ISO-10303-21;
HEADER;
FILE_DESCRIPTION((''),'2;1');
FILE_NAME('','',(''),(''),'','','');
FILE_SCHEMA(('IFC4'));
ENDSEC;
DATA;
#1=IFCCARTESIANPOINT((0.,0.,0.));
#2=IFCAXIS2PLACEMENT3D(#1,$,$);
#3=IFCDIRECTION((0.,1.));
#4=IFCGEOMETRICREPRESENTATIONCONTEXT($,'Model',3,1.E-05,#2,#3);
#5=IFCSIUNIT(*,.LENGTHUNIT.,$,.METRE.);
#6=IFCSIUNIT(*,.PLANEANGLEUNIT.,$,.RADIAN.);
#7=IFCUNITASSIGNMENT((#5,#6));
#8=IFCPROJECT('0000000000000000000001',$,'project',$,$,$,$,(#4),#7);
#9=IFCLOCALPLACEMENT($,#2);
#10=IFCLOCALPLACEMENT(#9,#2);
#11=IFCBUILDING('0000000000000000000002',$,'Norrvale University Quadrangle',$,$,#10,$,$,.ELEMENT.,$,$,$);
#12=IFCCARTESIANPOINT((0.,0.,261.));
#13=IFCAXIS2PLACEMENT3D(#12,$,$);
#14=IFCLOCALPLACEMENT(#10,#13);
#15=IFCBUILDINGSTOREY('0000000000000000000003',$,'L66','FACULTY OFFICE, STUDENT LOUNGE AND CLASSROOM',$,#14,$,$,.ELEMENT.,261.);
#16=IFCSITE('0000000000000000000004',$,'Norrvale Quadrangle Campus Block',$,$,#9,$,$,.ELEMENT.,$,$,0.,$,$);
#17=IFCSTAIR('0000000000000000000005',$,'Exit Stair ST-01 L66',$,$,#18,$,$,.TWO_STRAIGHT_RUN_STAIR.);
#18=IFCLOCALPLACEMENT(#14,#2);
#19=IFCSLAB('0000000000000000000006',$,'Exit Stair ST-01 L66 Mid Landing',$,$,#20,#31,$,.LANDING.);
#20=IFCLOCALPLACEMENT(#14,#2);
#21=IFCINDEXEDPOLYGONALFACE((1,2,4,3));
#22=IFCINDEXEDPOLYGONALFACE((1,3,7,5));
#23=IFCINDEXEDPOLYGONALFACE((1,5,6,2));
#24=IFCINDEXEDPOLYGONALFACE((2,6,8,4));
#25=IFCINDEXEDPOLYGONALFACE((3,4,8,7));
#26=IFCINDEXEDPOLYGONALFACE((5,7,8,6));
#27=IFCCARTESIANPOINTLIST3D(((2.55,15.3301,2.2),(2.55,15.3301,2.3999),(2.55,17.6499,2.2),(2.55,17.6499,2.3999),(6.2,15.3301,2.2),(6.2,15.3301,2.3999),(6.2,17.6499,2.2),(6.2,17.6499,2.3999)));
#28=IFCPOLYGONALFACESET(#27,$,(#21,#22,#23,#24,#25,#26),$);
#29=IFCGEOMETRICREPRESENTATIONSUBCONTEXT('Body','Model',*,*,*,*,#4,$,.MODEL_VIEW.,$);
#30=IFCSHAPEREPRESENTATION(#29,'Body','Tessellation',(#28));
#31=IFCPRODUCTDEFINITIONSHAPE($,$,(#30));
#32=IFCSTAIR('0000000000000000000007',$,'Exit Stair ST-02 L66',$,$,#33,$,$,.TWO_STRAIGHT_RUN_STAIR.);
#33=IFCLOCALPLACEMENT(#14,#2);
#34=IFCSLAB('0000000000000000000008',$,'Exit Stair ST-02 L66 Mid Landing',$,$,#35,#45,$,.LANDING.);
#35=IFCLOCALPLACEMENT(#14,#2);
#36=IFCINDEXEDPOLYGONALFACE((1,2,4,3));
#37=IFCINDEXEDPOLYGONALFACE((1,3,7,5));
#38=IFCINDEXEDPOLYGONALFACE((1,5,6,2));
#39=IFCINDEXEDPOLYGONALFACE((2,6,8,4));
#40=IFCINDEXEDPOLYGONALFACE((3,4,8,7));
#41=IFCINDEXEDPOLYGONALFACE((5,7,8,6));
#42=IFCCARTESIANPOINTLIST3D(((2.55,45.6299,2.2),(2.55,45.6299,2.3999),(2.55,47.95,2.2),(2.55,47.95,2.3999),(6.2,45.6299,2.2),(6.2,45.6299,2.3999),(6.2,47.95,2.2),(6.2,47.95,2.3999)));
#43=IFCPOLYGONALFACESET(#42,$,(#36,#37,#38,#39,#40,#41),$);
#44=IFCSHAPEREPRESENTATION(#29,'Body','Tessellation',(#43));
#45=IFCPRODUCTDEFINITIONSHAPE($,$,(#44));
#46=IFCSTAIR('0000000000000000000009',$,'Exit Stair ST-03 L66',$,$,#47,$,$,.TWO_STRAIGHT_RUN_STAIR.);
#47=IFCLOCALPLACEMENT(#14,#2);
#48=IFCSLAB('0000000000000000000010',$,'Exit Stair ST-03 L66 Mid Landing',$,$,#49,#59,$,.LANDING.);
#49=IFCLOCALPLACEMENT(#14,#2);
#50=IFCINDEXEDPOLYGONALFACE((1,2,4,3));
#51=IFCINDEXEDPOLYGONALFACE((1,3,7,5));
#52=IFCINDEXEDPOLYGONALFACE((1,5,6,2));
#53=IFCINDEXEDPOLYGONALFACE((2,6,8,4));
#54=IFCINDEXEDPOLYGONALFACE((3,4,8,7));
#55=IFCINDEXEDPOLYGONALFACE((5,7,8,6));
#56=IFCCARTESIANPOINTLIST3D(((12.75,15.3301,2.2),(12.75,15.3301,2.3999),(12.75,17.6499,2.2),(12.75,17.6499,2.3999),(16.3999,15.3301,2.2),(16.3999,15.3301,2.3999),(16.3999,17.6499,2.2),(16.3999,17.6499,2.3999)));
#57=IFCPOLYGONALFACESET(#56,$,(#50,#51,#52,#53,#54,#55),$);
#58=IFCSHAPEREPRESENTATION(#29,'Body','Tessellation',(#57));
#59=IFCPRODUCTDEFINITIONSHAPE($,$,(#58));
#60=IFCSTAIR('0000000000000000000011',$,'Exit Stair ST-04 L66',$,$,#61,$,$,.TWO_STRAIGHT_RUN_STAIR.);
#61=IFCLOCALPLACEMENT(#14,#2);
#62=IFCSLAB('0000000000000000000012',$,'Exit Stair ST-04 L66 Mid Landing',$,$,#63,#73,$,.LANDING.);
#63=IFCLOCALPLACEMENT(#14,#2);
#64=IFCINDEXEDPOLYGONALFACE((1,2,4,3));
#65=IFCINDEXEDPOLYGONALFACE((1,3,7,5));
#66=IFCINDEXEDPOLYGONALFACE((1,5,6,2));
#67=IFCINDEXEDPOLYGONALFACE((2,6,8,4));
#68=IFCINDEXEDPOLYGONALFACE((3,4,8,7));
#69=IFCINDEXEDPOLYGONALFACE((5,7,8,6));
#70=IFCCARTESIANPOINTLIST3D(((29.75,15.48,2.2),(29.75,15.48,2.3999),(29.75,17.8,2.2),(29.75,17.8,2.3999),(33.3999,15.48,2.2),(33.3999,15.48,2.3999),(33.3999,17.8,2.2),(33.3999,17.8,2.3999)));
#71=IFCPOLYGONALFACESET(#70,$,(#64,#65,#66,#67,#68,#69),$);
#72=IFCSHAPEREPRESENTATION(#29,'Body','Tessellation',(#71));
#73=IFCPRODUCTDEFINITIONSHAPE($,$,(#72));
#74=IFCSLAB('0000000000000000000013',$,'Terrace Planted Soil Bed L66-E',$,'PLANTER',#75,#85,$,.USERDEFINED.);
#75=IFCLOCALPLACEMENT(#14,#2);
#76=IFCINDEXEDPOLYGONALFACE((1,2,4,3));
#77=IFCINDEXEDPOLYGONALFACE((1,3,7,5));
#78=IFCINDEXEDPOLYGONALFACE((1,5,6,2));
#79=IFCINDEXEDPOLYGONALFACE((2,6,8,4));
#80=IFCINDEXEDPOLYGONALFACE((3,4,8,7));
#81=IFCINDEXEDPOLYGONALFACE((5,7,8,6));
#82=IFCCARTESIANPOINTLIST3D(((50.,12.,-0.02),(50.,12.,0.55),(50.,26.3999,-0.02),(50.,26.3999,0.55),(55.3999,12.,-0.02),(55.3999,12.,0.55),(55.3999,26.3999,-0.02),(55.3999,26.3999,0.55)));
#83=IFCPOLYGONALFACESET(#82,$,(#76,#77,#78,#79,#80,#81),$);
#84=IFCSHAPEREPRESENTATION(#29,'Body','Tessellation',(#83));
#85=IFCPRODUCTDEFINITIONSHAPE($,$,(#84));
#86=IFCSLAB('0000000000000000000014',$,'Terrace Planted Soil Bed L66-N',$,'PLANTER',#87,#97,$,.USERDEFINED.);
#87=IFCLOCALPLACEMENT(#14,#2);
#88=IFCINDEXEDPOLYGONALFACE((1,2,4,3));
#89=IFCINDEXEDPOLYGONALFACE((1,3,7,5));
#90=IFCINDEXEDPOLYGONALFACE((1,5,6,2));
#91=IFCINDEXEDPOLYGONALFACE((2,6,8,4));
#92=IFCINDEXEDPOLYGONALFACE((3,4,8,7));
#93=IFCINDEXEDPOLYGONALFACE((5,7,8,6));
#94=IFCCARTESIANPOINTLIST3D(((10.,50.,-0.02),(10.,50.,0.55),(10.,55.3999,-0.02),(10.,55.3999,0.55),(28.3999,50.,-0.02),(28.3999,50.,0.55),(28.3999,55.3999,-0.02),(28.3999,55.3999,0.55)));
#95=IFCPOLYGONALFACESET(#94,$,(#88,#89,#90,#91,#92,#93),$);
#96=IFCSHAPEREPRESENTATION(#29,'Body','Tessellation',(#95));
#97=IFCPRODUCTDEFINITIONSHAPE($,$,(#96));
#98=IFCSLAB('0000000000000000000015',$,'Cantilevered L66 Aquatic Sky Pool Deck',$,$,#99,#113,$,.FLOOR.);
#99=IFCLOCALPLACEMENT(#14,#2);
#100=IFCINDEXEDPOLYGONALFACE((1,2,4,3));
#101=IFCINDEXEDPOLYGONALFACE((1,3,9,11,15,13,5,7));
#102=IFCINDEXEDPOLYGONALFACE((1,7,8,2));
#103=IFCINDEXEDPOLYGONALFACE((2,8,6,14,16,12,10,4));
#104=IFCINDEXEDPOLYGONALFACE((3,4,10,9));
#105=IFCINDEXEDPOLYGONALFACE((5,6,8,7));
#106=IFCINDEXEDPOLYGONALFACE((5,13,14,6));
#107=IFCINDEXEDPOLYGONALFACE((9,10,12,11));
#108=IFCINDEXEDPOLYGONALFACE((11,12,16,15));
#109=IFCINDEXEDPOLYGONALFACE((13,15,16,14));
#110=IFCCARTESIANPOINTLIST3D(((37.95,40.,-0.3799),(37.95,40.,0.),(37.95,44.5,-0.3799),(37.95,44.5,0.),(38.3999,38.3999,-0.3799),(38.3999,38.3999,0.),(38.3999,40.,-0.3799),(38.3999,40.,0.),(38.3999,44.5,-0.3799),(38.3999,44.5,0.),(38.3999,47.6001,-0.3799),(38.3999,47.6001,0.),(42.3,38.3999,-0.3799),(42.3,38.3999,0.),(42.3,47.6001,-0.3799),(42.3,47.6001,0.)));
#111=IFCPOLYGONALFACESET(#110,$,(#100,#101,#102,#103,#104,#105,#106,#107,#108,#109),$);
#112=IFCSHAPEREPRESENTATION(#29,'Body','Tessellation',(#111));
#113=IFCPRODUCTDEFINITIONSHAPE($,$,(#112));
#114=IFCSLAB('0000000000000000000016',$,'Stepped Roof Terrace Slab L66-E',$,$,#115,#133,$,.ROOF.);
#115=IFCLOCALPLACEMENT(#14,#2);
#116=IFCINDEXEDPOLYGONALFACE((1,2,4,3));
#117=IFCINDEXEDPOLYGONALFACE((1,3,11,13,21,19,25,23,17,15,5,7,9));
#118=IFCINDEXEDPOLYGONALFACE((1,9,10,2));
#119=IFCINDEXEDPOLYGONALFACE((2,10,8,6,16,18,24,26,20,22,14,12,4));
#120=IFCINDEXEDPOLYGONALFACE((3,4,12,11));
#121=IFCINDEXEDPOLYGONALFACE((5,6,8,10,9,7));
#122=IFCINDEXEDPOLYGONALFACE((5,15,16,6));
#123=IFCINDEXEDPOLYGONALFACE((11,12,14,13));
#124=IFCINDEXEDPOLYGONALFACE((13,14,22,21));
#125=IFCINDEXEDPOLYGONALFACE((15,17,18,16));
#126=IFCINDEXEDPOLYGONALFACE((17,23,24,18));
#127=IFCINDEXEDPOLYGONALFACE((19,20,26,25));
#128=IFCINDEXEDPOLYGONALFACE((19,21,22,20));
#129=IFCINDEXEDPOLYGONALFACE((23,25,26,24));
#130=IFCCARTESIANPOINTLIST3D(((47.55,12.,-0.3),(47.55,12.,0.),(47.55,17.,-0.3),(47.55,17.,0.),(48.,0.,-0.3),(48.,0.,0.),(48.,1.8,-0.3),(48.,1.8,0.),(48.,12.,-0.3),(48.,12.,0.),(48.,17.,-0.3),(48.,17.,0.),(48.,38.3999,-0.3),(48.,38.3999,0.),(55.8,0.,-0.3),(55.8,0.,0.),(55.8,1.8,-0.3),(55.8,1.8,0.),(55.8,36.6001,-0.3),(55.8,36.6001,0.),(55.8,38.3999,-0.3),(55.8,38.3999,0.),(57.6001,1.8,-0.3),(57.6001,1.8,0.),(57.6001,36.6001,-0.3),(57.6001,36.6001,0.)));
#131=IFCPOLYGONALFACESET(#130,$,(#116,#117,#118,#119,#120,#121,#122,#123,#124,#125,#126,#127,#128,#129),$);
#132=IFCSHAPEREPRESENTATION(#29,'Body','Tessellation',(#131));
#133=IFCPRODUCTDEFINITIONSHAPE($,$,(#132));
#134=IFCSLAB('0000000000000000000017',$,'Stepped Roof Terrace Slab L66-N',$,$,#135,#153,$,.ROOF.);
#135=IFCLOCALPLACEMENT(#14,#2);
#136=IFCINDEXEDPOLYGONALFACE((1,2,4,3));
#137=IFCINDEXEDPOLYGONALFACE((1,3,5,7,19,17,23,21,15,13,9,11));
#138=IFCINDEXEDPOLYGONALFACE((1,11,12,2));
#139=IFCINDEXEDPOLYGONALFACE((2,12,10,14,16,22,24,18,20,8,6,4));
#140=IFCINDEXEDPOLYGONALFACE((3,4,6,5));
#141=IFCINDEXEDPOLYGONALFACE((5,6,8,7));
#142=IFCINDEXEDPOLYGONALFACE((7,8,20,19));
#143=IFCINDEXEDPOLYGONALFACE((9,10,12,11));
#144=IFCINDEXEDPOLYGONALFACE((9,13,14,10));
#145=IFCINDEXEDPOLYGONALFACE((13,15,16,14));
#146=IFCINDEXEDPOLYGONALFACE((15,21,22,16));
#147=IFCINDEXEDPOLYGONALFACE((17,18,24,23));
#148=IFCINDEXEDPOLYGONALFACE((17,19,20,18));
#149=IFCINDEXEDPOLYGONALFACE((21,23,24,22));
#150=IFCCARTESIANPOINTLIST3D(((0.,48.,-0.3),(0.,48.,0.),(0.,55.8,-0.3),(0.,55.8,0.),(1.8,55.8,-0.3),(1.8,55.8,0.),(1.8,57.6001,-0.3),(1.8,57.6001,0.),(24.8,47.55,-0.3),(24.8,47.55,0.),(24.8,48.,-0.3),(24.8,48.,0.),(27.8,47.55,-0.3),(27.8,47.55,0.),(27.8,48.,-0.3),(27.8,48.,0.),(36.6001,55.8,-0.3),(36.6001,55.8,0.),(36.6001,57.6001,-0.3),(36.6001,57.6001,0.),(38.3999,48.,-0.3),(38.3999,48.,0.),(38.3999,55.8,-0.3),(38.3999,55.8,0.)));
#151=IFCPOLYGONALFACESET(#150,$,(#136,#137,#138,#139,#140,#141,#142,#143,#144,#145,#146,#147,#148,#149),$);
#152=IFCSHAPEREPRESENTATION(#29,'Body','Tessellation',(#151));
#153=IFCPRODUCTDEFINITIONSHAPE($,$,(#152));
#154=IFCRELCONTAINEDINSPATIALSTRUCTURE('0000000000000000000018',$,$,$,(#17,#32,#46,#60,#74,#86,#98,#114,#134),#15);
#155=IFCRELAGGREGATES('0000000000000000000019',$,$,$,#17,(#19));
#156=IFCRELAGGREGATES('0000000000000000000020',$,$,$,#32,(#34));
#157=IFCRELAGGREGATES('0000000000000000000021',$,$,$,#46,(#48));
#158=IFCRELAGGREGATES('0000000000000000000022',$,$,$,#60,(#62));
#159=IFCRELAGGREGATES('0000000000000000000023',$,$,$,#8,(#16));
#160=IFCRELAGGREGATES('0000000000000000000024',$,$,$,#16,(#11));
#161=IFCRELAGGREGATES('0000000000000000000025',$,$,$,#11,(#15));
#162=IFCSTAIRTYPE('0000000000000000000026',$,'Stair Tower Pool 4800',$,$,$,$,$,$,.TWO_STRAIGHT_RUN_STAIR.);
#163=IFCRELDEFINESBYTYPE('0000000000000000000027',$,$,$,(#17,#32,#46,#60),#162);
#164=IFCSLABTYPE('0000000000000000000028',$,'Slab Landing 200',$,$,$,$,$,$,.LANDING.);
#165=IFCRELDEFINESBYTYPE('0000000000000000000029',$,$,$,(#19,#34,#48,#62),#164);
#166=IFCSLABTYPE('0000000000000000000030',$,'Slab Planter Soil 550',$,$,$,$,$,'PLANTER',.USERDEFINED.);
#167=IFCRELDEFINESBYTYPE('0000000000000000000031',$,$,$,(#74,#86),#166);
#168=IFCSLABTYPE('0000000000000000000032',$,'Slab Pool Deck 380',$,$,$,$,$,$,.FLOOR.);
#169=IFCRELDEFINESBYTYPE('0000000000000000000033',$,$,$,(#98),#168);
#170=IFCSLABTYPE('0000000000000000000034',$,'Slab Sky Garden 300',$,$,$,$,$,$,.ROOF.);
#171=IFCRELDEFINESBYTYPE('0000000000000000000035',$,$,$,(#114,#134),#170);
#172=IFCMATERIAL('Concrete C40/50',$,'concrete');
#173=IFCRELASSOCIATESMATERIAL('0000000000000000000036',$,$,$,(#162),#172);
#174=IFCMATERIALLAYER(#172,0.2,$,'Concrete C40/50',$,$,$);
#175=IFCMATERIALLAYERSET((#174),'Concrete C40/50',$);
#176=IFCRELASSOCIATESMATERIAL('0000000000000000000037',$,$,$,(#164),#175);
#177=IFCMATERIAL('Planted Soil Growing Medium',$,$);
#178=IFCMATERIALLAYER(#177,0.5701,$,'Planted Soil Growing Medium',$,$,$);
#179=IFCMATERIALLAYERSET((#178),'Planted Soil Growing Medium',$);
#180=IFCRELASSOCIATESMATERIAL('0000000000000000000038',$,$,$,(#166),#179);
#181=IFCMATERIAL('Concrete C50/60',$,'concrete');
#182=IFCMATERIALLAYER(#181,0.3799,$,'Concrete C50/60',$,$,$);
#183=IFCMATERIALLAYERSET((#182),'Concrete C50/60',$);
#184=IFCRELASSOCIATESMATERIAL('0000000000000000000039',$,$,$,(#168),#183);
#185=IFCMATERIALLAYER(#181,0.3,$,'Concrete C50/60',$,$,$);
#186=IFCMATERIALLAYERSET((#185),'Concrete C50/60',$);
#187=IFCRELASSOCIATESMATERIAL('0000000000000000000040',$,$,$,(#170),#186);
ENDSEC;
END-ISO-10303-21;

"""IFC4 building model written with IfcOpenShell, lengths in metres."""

from ifc_helpers import new_model, si_unit, direction, frame, origin, place, context, subcontext, project, spatial, polyline, outline, extrude, material, layer, layer_set, type_object, element, aggregate, save


model = new_model("IFC4")

# Units and contexts
model_context = context("Model", 3, precision=1e-05, world=origin(), true_north=direction((0.0, 1.0)))
body_context = subcontext(model_context, "Body", "Model", "MODEL_VIEW")
ifc_project = project(units=[si_unit("LENGTHUNIT", "METRE"), si_unit("PLANEANGLEUNIT", "RADIAN")], contexts=[model_context])

# Site, building, storey
site_placement = place(None, origin())
site = spatial("IfcSite", under=ifc_project, at=site_placement, Name="Norrvale Quadrangle Campus Block", CompositionType="ELEMENT", RefElevation=0.0)
building_placement = place(site_placement, origin())
building = spatial("IfcBuilding", under=site, at=building_placement, Name="Norrvale University Quadrangle", CompositionType="ELEMENT")
storey_placement = place(building_placement, frame((0.0, 0.0, 261.0)))
storey = spatial("IfcBuildingStorey", under=building, at=storey_placement, Name="L66", Description="FACULTY OFFICE, STUDENT LOUNGE AND CLASSROOM", CompositionType="ELEMENT", Elevation=261.0)

# Stairs, slabs
ifc_material_1 = material(Name="Concrete C40/50", Category="concrete")
stair_type = type_object("IfcStairType", Name="Stair Tower Pool 4800", PredefinedType="TWO_STRAIGHT_RUN_STAIR", material=ifc_material_1)
stair_1_placement = place(storey_placement, origin())
stair_1 = element("IfcStair", 1, at=stair_1_placement, inside=storey, type_object=stair_type, Name="Exit Stair ST-01 L66", PredefinedType="TWO_STRAIGHT_RUN_STAIR")
ifc_layer_1 = layer(ifc_material_1, 0.2, Name="Concrete C40/50")
ifc_layer_set_1 = layer_set([ifc_layer_1], Name="Concrete C40/50")
slab_type_1 = type_object("IfcSlabType", Name="Slab Landing 200", PredefinedType="LANDING", material=ifc_layer_set_1)
slab_1_placement = place(storey_placement, frame((0.0, 0.0, 2.2)))
slab_1 = element("IfcSlab", 2, at=slab_1_placement, type_object=slab_type_1, Name="Exit Stair ST-01 L66 Mid Landing", PredefinedType="LANDING", context=body_context, shape_type="SweptSolid", body=[
    extrude(outline(polyline([(2.55, 15.3301), (6.2, 15.3301), (6.2, 17.6499), (2.55, 17.6499), (2.55, 15.3301)])), origin(), (0.0, 0.0, 1.0), 0.2),
])
aggregate(stair_1, [slab_1])
stair_2_placement = place(storey_placement, origin())
stair_2 = element("IfcStair", 3, at=stair_2_placement, inside=storey, type_object=stair_type, Name="Exit Stair ST-02 L66", PredefinedType="TWO_STRAIGHT_RUN_STAIR")
slab_2_placement = place(storey_placement, frame((0.0, 0.0, 2.2)))
slab_2 = element("IfcSlab", 4, at=slab_2_placement, type_object=slab_type_1, Name="Exit Stair ST-02 L66 Mid Landing", PredefinedType="LANDING", context=body_context, shape_type="SweptSolid", body=[
    extrude(outline(polyline([(2.55, 45.6299), (6.2, 45.6299), (6.2, 47.95), (2.55, 47.95), (2.55, 45.6299)])), origin(), (0.0, 0.0, 1.0), 0.2),
])
aggregate(stair_2, [slab_2])
stair_3_placement = place(storey_placement, origin())
stair_3 = element("IfcStair", 5, at=stair_3_placement, inside=storey, type_object=stair_type, Name="Exit Stair ST-03 L66", PredefinedType="TWO_STRAIGHT_RUN_STAIR")
slab_3_placement = place(storey_placement, frame((0.0, 0.0, 2.2)))
slab_3 = element("IfcSlab", 6, at=slab_3_placement, type_object=slab_type_1, Name="Exit Stair ST-03 L66 Mid Landing", PredefinedType="LANDING", context=body_context, shape_type="SweptSolid", body=[
    extrude(outline(polyline([(12.75, 15.3301), (16.3999, 15.3301), (16.3999, 17.6499), (12.75, 17.6499), (12.75, 15.3301)])), origin(), (0.0, 0.0, 1.0), 0.2),
])
aggregate(stair_3, [slab_3])
stair_4_placement = place(storey_placement, origin())
stair_4 = element("IfcStair", 7, at=stair_4_placement, inside=storey, type_object=stair_type, Name="Exit Stair ST-04 L66", PredefinedType="TWO_STRAIGHT_RUN_STAIR")
slab_4_placement = place(storey_placement, frame((0.0, 0.0, 2.2)))
slab_4 = element("IfcSlab", 8, at=slab_4_placement, type_object=slab_type_1, Name="Exit Stair ST-04 L66 Mid Landing", PredefinedType="LANDING", context=body_context, shape_type="SweptSolid", body=[
    extrude(outline(polyline([(29.75, 15.48), (33.3999, 15.48), (33.3999, 17.8), (29.75, 17.8), (29.75, 15.48)])), origin(), (0.0, 0.0, 1.0), 0.2),
])
aggregate(stair_4, [slab_4])

# Slabs
ifc_material_2 = material(Name="Planted Soil Growing Medium")
ifc_layer_2 = layer(ifc_material_2, 0.5701, Name="Planted Soil Growing Medium")
ifc_layer_set_2 = layer_set([ifc_layer_2], Name="Planted Soil Growing Medium")
slab_type_2 = type_object("IfcSlabType", Name="Slab Planter Soil 550", ElementType="PLANTER", PredefinedType="USERDEFINED", material=ifc_layer_set_2)
slab_5_placement = place(storey_placement, frame((0.0, 0.0, -0.02)))
element("IfcSlab", 9, at=slab_5_placement, inside=storey, type_object=slab_type_2, Name="Terrace Planted Soil Bed L66-E", ObjectType="PLANTER", PredefinedType="USERDEFINED", context=body_context, shape_type="SweptSolid", body=[
    extrude(outline(polyline([(50.0, 12.0), (55.3999, 12.0), (55.3999, 26.3999), (50.0, 26.3999), (50.0, 12.0)])), origin(), (0.0, 0.0, 1.0), 0.5701),
])
slab_6_placement = place(storey_placement, frame((0.0, 0.0, -0.02)))
element("IfcSlab", 10, at=slab_6_placement, inside=storey, type_object=slab_type_2, Name="Terrace Planted Soil Bed L66-N", ObjectType="PLANTER", PredefinedType="USERDEFINED", context=body_context, shape_type="SweptSolid", body=[
    extrude(outline(polyline([(10.0, 50.0), (28.3999, 50.0), (28.3999, 55.3999), (10.0, 55.3999), (10.0, 50.0)])), origin(), (0.0, 0.0, 1.0), 0.5701),
])
ifc_material_3 = material(Name="Concrete C50/60", Category="concrete")
ifc_layer_3 = layer(ifc_material_3, 0.3799, Name="Concrete C50/60")
ifc_layer_set_3 = layer_set([ifc_layer_3], Name="Concrete C50/60")
slab_type_3 = type_object("IfcSlabType", Name="Slab Pool Deck 380", PredefinedType="FLOOR", material=ifc_layer_set_3)
slab_7_placement = place(storey_placement, frame((0.0, 0.0, -0.3799)))
element("IfcSlab", 11, at=slab_7_placement, inside=storey, type_object=slab_type_3, Name="Cantilevered L66 Aquatic Sky Pool Deck", PredefinedType="FLOOR", context=body_context, shape_type="SweptSolid", body=[
    extrude(outline(polyline([(38.3999, 38.3999), (42.3, 38.3999), (42.3, 47.6001), (38.3999, 47.6001), (38.3999, 44.5), (37.95, 44.5), (37.95, 40.0), (38.3999, 40.0), (38.3999, 38.3999)])), origin(), (0.0, 0.0, 1.0), 0.3799),
])
ifc_layer_4 = layer(ifc_material_3, 0.3, Name="Concrete C50/60")
ifc_layer_set_4 = layer_set([ifc_layer_4], Name="Concrete C50/60")
slab_type_4 = type_object("IfcSlabType", Name="Slab Sky Garden 300", PredefinedType="ROOF", material=ifc_layer_set_4)
slab_8_placement = place(storey_placement, frame((0.0, 0.0, -0.3)))
element("IfcSlab", 12, at=slab_8_placement, inside=storey, type_object=slab_type_4, Name="Stepped Roof Terrace Slab L66-E", PredefinedType="ROOF", context=body_context, shape_type="SweptSolid", body=[
    extrude(outline(polyline([(48.0, 1.8), (48.0, 0.0), (55.8, 0.0), (55.8, 1.8), (57.6001, 1.8), (57.6001, 36.6001), (55.8, 36.6001), (55.8, 38.3999), (48.0, 38.3999), (48.0, 17.0), (47.55, 17.0), (47.55, 12.0), (48.0, 12.0), (48.0, 1.8)])), origin(), (0.0, 0.0, 1.0), 0.3),
])
slab_9_placement = place(storey_placement, frame((0.0, 0.0, -0.3)))
element("IfcSlab", 13, at=slab_9_placement, inside=storey, type_object=slab_type_4, Name="Stepped Roof Terrace Slab L66-N", PredefinedType="ROOF", context=body_context, shape_type="SweptSolid", body=[
    extrude(outline(polyline([(0.0, 48.0), (24.8, 48.0), (24.8, 47.55), (27.8, 47.55), (27.8, 48.0), (38.3999, 48.0), (38.3999, 55.8), (36.6001, 55.8), (36.6001, 57.6001), (1.8, 57.6001), (1.8, 55.8), (0.0, 55.8), (0.0, 48.0)])), origin(), (0.0, 0.0, 1.0), 0.3),
])

save(model, "model.ifc")
